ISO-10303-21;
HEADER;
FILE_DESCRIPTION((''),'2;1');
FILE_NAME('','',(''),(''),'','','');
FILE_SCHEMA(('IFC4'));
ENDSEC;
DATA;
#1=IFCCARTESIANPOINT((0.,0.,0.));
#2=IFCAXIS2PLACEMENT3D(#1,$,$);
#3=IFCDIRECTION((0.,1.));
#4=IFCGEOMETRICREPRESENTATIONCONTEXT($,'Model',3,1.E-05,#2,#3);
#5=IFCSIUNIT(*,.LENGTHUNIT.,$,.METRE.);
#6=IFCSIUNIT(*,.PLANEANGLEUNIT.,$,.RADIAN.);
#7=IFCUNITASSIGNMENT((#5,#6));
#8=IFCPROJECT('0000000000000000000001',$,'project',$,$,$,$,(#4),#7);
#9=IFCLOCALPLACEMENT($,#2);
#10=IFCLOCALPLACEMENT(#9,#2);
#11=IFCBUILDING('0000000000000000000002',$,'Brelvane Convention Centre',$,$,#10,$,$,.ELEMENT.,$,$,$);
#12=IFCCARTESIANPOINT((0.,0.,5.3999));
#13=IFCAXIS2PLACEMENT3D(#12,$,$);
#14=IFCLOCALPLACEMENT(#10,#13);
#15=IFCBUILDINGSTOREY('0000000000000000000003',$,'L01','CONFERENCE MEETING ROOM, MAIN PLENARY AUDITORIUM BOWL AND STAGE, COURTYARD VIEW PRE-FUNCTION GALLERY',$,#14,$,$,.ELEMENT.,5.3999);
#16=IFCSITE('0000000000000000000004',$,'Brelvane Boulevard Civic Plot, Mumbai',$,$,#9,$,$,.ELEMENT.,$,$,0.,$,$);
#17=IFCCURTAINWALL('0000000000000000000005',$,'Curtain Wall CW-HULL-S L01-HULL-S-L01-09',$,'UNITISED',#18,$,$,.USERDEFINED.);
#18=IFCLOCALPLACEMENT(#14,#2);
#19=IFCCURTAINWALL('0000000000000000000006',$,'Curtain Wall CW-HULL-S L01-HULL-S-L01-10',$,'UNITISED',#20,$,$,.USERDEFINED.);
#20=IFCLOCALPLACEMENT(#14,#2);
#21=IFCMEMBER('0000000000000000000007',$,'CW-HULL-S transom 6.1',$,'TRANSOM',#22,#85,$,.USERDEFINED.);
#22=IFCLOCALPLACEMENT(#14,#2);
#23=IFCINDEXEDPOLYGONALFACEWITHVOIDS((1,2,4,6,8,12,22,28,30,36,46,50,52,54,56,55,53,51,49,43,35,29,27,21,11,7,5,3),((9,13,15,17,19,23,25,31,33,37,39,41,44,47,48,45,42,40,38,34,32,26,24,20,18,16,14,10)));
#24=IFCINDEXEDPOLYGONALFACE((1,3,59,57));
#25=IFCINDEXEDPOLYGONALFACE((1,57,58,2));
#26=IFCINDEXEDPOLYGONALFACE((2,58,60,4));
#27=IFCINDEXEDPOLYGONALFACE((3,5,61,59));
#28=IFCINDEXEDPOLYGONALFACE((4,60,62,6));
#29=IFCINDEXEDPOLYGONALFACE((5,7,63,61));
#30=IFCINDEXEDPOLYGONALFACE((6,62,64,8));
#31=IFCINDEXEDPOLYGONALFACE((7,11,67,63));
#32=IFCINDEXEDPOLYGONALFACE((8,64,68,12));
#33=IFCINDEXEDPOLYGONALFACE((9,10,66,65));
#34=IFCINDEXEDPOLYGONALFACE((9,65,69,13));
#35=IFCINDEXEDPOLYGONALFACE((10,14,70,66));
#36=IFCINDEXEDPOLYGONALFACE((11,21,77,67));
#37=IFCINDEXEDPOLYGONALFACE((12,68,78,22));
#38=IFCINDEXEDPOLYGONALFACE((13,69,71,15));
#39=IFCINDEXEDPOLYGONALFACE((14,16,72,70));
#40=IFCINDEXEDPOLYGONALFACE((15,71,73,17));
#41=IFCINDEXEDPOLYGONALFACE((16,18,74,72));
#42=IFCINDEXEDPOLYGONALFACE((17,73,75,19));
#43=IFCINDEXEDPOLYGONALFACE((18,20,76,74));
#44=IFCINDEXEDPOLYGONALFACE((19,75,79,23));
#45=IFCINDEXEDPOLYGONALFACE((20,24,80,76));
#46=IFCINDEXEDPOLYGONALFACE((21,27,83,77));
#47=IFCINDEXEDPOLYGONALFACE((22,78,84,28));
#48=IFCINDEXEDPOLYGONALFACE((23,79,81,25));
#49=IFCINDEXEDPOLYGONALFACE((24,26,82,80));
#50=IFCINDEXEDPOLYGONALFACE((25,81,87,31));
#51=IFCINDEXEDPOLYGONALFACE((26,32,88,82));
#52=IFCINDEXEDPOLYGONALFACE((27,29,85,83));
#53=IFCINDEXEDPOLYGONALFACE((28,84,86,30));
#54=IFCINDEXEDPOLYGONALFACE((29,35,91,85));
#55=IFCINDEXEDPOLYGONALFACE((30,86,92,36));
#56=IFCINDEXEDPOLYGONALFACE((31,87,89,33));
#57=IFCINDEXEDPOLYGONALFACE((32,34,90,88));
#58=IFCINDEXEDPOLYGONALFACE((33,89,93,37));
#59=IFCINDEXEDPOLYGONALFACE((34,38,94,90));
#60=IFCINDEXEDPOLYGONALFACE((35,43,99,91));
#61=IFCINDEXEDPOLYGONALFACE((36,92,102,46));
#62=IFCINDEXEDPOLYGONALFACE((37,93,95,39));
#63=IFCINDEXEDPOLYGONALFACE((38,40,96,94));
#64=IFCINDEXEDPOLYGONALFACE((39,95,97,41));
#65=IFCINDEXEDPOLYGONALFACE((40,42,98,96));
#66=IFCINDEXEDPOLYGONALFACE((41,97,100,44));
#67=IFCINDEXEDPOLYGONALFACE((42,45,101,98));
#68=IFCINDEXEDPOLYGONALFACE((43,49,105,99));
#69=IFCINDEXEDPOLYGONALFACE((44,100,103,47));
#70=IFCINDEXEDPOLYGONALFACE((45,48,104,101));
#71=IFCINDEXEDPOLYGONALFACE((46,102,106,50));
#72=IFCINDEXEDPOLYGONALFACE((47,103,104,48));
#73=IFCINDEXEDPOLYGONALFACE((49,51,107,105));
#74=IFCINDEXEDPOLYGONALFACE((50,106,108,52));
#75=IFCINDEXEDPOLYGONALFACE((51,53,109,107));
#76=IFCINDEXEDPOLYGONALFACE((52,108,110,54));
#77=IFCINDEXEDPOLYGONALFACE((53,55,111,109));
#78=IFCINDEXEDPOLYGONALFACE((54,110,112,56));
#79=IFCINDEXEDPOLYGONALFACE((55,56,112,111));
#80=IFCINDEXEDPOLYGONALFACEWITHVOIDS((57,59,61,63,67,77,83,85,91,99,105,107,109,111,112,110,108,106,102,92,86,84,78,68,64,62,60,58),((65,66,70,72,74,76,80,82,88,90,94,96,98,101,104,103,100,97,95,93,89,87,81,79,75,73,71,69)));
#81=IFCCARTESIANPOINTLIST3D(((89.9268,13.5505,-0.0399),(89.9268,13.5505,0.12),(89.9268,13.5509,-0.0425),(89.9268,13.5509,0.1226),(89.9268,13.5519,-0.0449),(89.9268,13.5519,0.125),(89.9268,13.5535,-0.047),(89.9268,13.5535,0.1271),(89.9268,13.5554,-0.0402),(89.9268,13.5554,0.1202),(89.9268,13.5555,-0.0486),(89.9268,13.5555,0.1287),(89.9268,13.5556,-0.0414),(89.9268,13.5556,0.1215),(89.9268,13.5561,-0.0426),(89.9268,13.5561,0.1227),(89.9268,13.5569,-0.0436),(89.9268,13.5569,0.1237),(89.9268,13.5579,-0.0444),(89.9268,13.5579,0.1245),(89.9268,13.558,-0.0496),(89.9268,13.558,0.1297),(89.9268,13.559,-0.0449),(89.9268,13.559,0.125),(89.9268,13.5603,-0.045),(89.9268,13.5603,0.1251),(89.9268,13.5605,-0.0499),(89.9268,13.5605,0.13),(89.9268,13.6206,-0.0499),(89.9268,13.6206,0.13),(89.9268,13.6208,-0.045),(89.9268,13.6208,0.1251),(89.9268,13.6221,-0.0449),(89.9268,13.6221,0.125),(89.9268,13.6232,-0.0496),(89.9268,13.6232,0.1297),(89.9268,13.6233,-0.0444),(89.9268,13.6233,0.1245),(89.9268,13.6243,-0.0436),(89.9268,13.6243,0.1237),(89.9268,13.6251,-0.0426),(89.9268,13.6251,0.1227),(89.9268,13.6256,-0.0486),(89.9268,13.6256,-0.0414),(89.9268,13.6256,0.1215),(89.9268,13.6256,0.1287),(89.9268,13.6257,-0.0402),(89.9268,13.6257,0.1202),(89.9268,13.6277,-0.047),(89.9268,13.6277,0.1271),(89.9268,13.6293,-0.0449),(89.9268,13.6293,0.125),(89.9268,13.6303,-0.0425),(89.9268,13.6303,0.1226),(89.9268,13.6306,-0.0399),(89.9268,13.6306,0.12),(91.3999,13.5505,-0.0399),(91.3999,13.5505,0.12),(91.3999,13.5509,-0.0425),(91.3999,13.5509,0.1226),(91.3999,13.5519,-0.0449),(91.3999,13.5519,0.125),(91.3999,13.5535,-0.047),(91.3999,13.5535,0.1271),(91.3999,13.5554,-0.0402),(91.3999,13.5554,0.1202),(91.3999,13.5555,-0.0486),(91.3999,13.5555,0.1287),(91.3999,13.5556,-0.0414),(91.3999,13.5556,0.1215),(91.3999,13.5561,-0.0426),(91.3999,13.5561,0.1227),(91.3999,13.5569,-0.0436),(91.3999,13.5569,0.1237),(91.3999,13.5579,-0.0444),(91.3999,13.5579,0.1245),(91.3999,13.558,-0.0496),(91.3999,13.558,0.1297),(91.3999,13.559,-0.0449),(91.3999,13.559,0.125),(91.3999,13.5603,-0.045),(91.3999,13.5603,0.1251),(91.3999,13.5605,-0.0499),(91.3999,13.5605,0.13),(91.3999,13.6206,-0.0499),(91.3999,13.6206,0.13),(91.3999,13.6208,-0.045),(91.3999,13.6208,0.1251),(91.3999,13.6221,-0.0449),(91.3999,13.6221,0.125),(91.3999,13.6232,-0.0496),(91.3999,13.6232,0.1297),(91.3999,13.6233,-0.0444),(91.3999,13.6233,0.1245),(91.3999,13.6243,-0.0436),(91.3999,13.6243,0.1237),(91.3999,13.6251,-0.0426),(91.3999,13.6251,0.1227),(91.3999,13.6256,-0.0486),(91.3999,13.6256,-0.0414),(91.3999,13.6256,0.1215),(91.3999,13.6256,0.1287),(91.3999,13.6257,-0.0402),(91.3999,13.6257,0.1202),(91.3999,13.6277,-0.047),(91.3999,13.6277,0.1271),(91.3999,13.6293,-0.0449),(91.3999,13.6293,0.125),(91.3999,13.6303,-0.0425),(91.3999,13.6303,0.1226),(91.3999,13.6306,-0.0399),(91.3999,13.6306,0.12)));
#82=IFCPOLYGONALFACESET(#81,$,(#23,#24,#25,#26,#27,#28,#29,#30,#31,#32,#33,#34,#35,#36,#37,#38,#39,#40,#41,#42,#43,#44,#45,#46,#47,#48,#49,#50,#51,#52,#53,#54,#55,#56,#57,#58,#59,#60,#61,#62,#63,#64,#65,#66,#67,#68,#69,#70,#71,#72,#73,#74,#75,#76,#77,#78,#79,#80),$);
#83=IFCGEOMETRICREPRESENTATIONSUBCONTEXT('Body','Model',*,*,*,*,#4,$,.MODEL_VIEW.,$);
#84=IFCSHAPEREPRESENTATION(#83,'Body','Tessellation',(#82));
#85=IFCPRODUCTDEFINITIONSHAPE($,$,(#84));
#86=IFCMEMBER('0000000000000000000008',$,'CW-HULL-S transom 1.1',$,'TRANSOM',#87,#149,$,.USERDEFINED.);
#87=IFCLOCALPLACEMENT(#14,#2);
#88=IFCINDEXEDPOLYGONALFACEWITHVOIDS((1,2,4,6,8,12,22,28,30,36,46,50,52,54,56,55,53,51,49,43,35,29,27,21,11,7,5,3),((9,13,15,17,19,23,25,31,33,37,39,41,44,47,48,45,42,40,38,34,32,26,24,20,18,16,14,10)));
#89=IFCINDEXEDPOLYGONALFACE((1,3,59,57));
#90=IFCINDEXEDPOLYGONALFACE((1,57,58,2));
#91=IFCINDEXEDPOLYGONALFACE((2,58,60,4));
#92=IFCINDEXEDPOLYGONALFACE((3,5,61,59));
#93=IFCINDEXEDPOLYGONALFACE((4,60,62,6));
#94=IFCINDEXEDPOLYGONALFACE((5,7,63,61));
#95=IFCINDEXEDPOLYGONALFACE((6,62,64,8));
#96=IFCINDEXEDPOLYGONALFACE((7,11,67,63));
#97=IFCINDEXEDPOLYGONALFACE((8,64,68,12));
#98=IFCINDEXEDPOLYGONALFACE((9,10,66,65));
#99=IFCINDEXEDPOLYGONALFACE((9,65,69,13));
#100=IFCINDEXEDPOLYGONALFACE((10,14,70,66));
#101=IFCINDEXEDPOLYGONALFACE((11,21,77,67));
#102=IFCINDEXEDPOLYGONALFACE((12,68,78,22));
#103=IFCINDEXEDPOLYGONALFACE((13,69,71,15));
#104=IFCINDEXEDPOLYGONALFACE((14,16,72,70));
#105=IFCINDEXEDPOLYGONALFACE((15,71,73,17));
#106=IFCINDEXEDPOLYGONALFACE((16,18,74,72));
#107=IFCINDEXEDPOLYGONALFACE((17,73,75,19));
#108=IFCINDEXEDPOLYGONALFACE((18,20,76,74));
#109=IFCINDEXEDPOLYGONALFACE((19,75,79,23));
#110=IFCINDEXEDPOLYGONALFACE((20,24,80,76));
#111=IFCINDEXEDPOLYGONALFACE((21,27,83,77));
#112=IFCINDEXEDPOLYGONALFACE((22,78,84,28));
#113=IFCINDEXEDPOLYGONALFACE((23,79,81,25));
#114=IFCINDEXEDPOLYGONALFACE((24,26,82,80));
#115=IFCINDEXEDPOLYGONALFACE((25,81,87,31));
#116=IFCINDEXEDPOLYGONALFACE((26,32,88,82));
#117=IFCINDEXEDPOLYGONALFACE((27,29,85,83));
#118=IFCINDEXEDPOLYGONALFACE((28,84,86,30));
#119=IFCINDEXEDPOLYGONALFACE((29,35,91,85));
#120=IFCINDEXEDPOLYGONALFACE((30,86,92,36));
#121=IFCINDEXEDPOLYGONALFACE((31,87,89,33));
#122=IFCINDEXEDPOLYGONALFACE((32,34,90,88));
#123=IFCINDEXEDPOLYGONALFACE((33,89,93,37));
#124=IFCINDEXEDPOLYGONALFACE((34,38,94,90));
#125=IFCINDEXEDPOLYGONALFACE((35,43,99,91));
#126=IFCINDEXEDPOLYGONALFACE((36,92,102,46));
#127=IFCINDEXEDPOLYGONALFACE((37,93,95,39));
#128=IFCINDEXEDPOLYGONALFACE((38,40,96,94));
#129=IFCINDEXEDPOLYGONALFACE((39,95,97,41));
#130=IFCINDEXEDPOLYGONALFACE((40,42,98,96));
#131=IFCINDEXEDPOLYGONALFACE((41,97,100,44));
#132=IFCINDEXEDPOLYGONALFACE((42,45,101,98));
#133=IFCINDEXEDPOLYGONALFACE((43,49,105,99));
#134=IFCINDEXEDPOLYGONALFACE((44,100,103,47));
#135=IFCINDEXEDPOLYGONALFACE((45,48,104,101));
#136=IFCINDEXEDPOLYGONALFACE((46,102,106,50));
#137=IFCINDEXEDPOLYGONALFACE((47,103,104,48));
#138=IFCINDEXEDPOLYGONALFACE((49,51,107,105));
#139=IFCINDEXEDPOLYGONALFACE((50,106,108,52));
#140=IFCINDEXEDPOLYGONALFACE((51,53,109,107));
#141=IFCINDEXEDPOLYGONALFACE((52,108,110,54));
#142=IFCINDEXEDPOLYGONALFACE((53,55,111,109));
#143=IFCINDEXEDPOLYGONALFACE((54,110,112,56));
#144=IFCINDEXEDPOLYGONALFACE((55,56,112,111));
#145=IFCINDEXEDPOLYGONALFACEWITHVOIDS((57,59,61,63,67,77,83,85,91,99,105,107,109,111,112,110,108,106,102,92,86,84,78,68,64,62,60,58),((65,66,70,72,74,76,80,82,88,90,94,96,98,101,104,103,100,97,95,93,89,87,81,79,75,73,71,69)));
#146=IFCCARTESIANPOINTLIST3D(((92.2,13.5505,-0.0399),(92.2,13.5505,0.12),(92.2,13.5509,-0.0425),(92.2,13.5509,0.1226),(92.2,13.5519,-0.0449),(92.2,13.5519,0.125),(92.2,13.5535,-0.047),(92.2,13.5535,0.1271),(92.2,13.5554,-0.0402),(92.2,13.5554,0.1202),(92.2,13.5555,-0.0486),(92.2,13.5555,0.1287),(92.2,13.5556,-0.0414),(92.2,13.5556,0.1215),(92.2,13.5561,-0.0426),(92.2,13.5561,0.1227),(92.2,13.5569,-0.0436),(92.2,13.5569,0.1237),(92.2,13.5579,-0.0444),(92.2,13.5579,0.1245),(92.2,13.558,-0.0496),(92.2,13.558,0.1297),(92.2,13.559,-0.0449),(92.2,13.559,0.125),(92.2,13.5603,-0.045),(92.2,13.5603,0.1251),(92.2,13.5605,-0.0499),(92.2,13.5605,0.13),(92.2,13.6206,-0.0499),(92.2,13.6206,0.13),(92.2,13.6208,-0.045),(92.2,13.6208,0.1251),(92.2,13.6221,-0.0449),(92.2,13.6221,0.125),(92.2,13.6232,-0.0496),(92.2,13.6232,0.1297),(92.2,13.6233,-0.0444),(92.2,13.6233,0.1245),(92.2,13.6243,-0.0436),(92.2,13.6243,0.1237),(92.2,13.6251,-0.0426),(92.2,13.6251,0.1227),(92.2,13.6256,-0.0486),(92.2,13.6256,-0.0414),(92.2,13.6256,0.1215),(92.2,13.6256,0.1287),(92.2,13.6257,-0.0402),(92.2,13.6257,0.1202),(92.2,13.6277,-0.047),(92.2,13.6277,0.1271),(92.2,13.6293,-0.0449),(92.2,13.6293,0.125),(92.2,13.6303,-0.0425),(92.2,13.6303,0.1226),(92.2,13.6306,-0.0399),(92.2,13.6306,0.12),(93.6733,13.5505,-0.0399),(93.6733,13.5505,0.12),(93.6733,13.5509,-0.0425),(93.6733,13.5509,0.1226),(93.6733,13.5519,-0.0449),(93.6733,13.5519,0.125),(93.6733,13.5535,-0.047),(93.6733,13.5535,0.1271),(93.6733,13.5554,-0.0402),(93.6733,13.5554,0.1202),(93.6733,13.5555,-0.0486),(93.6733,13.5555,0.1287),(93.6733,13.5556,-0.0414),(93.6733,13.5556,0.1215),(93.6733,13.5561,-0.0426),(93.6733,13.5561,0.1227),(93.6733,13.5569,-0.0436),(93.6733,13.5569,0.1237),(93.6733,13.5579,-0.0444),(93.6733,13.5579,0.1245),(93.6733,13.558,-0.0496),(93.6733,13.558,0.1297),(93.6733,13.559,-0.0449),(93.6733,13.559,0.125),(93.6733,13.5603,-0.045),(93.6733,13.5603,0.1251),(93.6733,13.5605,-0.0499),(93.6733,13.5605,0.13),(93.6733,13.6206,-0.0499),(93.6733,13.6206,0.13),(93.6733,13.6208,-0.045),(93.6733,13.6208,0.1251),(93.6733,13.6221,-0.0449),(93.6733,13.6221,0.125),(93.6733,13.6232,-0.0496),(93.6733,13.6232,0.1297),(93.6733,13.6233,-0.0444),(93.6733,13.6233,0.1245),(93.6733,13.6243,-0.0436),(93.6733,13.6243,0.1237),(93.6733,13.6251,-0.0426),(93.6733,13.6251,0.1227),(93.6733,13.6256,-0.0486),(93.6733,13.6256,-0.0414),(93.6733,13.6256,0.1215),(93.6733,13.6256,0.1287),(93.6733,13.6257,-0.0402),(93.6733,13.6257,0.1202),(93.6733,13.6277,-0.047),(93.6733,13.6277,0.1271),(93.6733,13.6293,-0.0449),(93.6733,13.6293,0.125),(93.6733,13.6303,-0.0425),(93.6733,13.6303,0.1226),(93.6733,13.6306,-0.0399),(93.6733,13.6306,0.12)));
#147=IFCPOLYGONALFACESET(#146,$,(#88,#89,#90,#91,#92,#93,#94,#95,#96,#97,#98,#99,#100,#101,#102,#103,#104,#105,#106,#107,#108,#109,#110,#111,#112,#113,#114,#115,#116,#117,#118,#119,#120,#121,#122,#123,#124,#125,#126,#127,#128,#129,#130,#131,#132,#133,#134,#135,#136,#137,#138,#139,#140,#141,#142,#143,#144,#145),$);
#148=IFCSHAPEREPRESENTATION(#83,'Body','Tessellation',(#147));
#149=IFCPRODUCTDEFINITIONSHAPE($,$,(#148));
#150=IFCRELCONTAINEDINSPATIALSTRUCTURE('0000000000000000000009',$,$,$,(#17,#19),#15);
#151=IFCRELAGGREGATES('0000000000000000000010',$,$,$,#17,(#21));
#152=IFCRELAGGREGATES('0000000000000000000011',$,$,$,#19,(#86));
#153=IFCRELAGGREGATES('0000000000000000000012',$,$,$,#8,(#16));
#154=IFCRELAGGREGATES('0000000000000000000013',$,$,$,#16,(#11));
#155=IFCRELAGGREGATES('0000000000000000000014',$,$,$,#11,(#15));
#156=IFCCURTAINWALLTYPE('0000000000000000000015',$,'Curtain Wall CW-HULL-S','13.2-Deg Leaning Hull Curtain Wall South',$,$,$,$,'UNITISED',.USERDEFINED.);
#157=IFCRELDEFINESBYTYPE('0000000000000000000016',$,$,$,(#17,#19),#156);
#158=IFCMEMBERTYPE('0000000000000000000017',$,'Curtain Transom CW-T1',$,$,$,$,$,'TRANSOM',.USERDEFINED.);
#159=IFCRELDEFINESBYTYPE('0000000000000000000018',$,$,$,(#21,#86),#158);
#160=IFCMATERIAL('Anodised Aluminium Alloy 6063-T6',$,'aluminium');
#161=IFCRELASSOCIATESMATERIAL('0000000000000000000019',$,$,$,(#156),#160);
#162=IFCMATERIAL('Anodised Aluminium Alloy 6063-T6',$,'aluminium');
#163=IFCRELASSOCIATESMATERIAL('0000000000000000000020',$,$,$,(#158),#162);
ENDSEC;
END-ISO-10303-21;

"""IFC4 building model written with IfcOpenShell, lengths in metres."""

from ifc_helpers import new_model, si_unit, direction, frame, origin, origin_2d, place, context, subcontext, project, spatial, hollow_rectangle, extrude, material, material_profile, profile_set, type_object, element, aggregate, save


model = new_model("IFC4")

# Units and contexts
model_context = context("Model", 3, precision=1e-05, world=origin(), true_north=direction((0.0, 1.0)))
body_context = subcontext(model_context, "Body", "Model", "MODEL_VIEW")
ifc_project = project(units=[si_unit("LENGTHUNIT", "METRE"), si_unit("PLANEANGLEUNIT", "RADIAN")], contexts=[model_context])

# Site, building, storey
site_placement = place(None, origin())
site = spatial("IfcSite", under=ifc_project, at=site_placement, Name="Brelvane Boulevard Civic Plot, Mumbai", CompositionType="ELEMENT", RefElevation=0.0)
building_placement = place(site_placement, origin())
building = spatial("IfcBuilding", under=site, at=building_placement, Name="Brelvane Convention Centre", CompositionType="ELEMENT")
storey_placement = place(building_placement, frame((0.0, 0.0, 5.3999)))
storey = spatial("IfcBuildingStorey", under=building, at=storey_placement, Name="L01", Description="CONFERENCE MEETING ROOM, MAIN PLENARY AUDITORIUM BOWL AND STAGE, COURTYARD VIEW PRE-FUNCTION GALLERY", CompositionType="ELEMENT", Elevation=5.3999)

# Curtain walls
ifc_material_1 = material(Name="Anodised Aluminium Alloy 6063-T6", Category="aluminium")
curtain_wall_type = type_object("IfcCurtainWallType", Name="Curtain Wall CW-HULL-S", Description="13.2-Deg Leaning Hull Curtain Wall South", ElementType="UNITISED", PredefinedType="USERDEFINED", material=ifc_material_1)
curtain_wall_1_placement = place(storey_placement, origin())
curtain_wall_1 = element("IfcCurtainWall", 1, at=curtain_wall_1_placement, inside=storey, type_object=curtain_wall_type, Name="Curtain Wall CW-HULL-S L01-HULL-S-L01-09", ObjectType="UNITISED", PredefinedType="USERDEFINED")
curtain_wall_2_placement = place(storey_placement, origin())
curtain_wall_2 = element("IfcCurtainWall", 2, at=curtain_wall_2_placement, inside=storey, type_object=curtain_wall_type, Name="Curtain Wall CW-HULL-S L01-HULL-S-L01-10", ObjectType="UNITISED", PredefinedType="USERDEFINED")

# Members
ifc_material_2 = material(Name="Anodised Aluminium Alloy 6063-T6", Category="aluminium")
ifc_material_profile_1 = material_profile(ifc_material_2, hollow_rectangle(XDim=0.0801, YDim=0.1799, WallThickness=0.0049, InnerFilletRadius=0.0049, OuterFilletRadius=0.01, at=origin_2d()), Name="ALU-T 180x80x5.0")
ifc_profile_set_1 = profile_set([ifc_material_profile_1], Name="Anodised Aluminium Alloy 6063-T6")
member_type_1 = type_object("IfcMemberType", Name="Curtain Transom CW-T1", ElementType="TRANSOM", PredefinedType="USERDEFINED", material=ifc_profile_set_1)
member_1_placement = place(storey_placement, frame((89.9268, 13.5906, 0.04), z_axis=(1.0, 0.0, 0.0), x_axis=(0.0, 1.0, 0.0)))
member_1 = element("IfcMember", 3, at=member_1_placement, type_object=member_type_1, Name="CW-HULL-S transom 6.1", ObjectType="TRANSOM", PredefinedType="USERDEFINED", context=body_context, shape_type="SweptSolid", body=[
    extrude(hollow_rectangle(XDim=0.0801, YDim=0.1799, WallThickness=0.0049, InnerFilletRadius=0.0049, OuterFilletRadius=0.01, at=origin_2d()), origin(), (0.0, 0.0, 1.0), 1.4731),
])
aggregate(curtain_wall_1, [member_1])
member_2_placement = place(storey_placement, frame((92.2, 13.5906, 0.04), z_axis=(1.0, 0.0, 0.0), x_axis=(0.0, 1.0, 0.0)))
member_2 = element("IfcMember", 4, at=member_2_placement, type_object=member_type_1, Name="CW-HULL-S transom 1.1", ObjectType="TRANSOM", PredefinedType="USERDEFINED", context=body_context, shape_type="SweptSolid", body=[
    extrude(hollow_rectangle(XDim=0.0801, YDim=0.1799, WallThickness=0.0049, InnerFilletRadius=0.0049, OuterFilletRadius=0.01, at=origin_2d()), origin(), (0.0, 0.0, 1.0), 1.4734),
])

aggregate(curtain_wall_2, [member_2])

save(model, "model.ifc")
